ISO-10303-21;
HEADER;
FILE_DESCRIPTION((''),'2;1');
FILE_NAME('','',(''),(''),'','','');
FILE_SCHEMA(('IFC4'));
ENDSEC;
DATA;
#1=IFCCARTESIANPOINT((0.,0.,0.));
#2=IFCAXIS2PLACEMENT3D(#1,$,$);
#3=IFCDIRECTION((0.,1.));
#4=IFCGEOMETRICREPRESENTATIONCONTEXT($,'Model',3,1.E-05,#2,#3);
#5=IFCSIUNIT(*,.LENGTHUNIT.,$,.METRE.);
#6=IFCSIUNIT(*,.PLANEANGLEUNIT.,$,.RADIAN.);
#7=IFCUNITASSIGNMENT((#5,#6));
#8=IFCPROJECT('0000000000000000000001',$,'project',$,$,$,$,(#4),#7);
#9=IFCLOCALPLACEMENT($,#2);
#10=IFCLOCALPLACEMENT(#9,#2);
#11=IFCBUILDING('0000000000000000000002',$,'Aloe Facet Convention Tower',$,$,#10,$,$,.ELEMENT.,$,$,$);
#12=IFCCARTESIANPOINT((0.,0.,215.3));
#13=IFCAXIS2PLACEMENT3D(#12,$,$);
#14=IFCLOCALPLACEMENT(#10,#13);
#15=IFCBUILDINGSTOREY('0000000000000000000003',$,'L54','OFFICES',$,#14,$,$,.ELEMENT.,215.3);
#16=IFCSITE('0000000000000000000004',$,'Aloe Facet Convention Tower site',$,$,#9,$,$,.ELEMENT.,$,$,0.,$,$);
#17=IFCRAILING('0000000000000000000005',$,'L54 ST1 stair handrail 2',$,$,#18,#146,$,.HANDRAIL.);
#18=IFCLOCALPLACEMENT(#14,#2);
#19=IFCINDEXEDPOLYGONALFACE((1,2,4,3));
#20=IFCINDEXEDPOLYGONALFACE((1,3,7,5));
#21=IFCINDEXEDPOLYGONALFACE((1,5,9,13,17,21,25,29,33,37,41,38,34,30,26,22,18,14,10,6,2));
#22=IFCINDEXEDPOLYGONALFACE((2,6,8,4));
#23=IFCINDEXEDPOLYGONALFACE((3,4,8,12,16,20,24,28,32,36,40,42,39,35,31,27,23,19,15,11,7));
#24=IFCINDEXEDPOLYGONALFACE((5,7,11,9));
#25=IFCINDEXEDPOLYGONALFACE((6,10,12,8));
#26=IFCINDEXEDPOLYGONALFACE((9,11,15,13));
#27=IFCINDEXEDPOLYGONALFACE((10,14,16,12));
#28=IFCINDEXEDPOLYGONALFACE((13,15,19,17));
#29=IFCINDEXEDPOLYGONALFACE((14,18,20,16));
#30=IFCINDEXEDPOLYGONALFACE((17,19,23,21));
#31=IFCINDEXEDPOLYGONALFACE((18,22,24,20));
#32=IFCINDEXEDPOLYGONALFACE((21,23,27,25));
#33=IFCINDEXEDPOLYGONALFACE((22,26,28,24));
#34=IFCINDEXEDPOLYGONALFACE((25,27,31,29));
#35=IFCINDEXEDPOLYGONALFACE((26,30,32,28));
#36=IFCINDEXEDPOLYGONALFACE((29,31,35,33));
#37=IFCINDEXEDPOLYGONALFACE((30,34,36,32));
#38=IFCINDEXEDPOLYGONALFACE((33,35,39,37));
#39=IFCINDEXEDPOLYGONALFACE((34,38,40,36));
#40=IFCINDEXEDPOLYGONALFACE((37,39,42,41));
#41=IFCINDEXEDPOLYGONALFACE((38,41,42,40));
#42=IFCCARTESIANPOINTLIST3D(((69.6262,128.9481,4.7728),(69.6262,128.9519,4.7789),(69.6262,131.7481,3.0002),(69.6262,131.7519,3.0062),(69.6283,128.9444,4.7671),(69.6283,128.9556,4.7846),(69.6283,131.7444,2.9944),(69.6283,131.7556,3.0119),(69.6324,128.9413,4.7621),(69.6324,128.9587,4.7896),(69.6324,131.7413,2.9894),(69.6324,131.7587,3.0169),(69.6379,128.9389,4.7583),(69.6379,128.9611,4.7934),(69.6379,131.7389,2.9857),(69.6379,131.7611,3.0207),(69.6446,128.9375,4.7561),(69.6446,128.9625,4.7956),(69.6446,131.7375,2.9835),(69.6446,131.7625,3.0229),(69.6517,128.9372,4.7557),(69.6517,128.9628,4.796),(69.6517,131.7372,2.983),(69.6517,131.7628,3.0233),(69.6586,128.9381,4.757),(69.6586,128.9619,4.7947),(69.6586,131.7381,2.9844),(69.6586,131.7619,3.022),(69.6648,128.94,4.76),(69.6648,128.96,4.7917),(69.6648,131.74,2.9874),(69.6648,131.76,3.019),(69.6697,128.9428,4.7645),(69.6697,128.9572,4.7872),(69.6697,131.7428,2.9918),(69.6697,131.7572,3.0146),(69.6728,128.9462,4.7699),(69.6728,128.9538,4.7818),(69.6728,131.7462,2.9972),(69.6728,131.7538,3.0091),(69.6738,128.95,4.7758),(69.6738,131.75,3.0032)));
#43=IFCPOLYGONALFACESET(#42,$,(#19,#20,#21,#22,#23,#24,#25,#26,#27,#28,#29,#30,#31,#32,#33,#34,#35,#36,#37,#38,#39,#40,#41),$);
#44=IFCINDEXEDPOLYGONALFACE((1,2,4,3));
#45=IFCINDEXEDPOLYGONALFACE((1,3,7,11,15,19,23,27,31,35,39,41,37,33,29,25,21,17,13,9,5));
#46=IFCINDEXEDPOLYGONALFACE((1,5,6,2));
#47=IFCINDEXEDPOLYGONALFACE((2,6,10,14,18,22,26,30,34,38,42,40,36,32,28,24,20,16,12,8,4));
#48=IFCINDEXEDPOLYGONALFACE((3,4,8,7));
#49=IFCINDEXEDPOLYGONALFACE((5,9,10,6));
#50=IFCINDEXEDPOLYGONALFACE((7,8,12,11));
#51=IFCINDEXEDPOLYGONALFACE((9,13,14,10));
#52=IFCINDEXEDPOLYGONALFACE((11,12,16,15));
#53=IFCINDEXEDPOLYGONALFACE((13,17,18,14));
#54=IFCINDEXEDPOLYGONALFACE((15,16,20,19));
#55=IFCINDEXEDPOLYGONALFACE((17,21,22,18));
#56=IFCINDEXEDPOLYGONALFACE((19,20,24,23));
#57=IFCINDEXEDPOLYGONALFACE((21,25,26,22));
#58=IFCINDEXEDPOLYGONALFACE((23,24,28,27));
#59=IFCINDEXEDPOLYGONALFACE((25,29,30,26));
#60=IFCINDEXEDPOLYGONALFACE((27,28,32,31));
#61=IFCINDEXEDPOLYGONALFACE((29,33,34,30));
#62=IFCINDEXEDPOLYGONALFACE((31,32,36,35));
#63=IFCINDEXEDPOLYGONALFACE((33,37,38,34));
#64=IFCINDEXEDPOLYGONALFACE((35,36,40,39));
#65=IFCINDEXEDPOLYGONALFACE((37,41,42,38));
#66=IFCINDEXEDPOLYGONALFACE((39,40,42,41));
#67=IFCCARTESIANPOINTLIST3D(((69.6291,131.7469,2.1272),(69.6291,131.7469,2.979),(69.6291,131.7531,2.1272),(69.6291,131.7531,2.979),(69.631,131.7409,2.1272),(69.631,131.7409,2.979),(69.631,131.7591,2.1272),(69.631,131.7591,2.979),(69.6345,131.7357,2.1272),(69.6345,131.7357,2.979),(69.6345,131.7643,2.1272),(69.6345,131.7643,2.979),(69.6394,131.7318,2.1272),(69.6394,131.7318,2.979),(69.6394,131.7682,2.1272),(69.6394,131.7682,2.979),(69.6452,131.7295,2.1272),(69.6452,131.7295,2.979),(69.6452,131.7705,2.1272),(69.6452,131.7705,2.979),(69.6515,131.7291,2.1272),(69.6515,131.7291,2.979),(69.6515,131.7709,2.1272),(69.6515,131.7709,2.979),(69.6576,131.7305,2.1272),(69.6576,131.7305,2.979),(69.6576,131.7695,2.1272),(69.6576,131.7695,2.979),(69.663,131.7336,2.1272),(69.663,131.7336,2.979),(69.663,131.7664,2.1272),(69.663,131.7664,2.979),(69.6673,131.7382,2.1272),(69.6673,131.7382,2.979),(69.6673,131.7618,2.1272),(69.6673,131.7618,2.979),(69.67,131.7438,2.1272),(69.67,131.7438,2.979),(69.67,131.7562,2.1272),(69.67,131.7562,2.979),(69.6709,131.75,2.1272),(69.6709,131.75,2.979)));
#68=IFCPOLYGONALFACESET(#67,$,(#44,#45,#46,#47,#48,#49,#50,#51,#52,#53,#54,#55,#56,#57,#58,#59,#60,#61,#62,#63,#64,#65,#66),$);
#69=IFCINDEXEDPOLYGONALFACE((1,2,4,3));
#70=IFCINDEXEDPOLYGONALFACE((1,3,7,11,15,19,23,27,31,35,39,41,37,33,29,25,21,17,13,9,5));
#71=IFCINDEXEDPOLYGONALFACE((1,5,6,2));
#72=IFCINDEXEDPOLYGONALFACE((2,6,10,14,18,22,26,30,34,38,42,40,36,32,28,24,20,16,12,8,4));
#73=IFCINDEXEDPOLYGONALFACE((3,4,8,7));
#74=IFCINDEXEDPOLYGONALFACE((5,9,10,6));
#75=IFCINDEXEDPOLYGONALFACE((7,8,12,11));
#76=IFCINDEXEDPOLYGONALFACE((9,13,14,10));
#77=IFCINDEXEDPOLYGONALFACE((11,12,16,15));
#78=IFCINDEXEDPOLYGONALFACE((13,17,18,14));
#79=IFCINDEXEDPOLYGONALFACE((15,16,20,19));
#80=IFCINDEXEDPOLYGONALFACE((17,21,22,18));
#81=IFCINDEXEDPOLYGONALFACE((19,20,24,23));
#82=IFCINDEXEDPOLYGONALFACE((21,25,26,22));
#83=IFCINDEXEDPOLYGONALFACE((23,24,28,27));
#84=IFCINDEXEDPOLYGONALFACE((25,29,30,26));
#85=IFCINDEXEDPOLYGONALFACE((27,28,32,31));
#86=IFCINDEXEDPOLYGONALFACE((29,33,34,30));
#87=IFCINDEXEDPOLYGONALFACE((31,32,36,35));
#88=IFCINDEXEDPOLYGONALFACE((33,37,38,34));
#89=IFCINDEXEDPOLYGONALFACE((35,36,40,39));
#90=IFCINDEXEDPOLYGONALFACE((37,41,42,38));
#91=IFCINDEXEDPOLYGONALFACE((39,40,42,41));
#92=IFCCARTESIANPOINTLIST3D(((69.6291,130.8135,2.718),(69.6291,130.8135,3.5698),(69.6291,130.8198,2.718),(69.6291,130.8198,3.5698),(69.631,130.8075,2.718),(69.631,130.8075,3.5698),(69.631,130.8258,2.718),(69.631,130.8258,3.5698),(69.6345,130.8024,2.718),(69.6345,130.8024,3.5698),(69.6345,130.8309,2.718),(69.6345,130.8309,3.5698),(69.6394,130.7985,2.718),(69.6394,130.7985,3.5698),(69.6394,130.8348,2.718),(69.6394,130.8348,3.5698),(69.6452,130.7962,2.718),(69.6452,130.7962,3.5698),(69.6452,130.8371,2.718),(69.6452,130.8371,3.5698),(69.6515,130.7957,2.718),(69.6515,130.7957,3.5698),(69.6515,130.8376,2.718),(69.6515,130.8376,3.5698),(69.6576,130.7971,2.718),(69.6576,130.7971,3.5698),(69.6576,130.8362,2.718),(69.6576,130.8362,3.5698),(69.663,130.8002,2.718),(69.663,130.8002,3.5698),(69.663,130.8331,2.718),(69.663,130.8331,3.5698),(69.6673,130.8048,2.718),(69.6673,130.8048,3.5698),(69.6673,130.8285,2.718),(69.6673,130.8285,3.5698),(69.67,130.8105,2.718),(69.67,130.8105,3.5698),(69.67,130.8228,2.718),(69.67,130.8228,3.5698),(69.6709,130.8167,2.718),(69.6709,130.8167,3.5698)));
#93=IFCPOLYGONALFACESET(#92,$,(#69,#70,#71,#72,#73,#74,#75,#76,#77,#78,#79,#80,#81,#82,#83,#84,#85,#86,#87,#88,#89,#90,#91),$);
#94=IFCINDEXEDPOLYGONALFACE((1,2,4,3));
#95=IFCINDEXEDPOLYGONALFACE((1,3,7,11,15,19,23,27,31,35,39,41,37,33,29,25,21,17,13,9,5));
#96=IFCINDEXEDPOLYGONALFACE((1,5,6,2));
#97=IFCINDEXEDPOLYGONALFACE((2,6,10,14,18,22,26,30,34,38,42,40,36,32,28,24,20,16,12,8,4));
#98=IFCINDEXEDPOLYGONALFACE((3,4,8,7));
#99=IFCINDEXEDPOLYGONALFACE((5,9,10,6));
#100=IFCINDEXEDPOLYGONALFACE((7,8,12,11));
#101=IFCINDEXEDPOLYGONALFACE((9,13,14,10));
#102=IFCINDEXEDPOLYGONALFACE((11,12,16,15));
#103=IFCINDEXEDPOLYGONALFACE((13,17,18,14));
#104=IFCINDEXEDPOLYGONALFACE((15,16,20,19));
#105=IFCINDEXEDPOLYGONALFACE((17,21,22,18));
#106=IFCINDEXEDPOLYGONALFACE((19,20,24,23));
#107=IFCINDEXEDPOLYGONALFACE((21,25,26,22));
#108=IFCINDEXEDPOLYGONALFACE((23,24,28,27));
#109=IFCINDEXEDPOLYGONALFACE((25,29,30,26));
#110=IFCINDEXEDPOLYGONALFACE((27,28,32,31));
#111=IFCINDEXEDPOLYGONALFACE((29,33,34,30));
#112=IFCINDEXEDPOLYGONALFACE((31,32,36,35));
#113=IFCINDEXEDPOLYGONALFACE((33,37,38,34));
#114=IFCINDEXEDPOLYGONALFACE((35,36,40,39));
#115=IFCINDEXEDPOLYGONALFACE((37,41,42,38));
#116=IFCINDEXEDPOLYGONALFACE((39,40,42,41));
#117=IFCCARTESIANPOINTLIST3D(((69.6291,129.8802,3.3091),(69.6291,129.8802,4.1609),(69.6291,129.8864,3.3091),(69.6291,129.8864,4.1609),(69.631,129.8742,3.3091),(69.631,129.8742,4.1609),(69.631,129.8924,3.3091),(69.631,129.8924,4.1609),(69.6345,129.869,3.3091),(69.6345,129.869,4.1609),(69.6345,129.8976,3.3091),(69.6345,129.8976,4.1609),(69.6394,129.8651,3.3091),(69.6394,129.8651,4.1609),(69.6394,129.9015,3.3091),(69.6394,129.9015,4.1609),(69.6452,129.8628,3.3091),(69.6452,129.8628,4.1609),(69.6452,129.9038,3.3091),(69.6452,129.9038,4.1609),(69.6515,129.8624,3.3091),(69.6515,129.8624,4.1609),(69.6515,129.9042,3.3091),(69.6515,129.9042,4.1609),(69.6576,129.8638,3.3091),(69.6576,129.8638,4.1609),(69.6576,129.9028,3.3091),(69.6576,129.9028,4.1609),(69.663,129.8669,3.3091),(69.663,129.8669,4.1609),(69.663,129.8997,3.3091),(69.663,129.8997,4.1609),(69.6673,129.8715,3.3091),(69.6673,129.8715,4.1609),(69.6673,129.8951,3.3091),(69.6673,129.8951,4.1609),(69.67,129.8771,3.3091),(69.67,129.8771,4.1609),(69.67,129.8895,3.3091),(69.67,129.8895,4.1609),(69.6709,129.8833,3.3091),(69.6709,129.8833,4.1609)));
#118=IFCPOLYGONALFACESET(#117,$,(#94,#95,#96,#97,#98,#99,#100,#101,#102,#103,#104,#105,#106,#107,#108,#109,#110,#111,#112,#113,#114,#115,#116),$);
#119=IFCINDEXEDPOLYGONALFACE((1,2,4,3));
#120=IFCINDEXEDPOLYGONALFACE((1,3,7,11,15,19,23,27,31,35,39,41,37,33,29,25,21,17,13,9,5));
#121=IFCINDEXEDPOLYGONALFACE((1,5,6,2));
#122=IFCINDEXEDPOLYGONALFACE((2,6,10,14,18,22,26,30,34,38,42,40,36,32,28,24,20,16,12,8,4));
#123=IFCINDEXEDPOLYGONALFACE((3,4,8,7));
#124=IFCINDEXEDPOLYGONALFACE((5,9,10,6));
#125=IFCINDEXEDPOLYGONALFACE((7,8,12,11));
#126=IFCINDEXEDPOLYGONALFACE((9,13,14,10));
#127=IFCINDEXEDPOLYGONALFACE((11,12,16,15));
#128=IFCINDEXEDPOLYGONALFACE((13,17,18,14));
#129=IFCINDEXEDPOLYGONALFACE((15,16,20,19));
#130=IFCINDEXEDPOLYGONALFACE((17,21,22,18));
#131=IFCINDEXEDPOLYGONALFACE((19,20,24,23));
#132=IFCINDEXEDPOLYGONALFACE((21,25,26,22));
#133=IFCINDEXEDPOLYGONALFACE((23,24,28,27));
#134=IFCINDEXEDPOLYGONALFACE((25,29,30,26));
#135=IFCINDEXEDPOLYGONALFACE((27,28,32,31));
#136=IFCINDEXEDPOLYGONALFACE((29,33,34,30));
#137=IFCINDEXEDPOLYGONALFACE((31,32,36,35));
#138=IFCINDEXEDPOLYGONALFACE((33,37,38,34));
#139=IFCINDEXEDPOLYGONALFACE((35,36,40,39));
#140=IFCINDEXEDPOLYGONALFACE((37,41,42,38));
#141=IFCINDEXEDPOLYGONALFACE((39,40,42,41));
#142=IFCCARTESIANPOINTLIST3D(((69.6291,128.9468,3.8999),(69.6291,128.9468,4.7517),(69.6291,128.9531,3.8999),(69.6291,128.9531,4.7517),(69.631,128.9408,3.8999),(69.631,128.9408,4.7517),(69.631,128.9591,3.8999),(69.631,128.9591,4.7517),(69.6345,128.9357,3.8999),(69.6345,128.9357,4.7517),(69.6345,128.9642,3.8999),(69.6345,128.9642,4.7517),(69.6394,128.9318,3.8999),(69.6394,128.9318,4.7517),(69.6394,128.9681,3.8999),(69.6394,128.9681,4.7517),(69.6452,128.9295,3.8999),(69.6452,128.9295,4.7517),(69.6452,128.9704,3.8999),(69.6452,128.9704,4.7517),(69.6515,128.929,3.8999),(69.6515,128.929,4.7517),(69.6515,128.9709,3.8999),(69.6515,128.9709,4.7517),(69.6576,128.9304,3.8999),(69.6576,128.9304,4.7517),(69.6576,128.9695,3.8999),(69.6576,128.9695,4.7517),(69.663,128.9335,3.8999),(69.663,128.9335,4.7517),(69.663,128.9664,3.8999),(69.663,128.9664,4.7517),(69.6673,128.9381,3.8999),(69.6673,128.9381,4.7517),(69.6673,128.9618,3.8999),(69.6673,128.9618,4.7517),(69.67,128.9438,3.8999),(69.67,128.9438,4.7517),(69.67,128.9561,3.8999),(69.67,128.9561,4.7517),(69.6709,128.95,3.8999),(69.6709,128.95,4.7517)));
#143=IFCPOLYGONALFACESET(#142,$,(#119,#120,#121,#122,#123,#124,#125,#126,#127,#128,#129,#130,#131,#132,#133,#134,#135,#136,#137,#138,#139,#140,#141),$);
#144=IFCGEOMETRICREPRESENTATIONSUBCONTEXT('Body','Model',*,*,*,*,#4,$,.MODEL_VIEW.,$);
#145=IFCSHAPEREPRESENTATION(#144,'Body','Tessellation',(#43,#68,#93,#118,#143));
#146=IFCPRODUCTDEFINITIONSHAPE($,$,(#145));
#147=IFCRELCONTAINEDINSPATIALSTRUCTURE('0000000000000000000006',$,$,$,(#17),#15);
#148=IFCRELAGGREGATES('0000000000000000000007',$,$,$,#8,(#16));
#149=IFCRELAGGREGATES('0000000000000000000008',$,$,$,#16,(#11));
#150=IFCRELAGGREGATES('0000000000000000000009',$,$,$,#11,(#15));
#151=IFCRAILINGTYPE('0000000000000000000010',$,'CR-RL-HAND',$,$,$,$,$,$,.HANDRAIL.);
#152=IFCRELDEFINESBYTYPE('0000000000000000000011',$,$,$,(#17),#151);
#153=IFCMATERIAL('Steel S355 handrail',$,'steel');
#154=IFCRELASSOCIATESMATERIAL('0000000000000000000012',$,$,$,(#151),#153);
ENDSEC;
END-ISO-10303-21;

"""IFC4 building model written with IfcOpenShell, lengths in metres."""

from ifc_helpers import new_model, si_unit, direction, frame, origin, origin_2d, place, context, subcontext, project, spatial, circle, extrude, material, type_object, element, save


model = new_model("IFC4")

# Units and contexts
model_context = context("Model", 3, precision=1e-05, world=origin(), true_north=direction((0.0, 1.0)))
body_context = subcontext(model_context, "Body", "Model", "MODEL_VIEW")
ifc_project = project(units=[si_unit("LENGTHUNIT", "METRE"), si_unit("PLANEANGLEUNIT", "RADIAN")], contexts=[model_context])

# Site, building, storey
site_placement = place(None, origin())
site = spatial("IfcSite", under=ifc_project, at=site_placement, Name="Aloe Facet Convention Tower site", CompositionType="ELEMENT", RefElevation=0.0)
building_placement = place(site_placement, origin())
building = spatial("IfcBuilding", under=site, at=building_placement, Name="Aloe Facet Convention Tower", CompositionType="ELEMENT")
storey_placement = place(building_placement, frame((0.0, 0.0, 215.3)))
storey = spatial("IfcBuildingStorey", under=building, at=storey_placement, Name="L54", Description="OFFICES", CompositionType="ELEMENT", Elevation=215.3)

# Railing
ifc_material_1 = material(Name="Steel S355 handrail", Category="steel")
railing_type_1 = type_object("IfcRailingType", Name="CR-RL-HAND", PredefinedType="HANDRAIL", material=ifc_material_1)
railing_1_placement = place(storey_placement, frame((69.6499, 131.75, 2.1272)))
element("IfcRailing", 1, at=railing_1_placement, inside=storey, type_object=railing_type_1, Name="L54 ST1 stair handrail 2", PredefinedType="HANDRAIL", context=body_context, shape_type="SweptSolid", body=[
    extrude(circle(Radius=0.0239, at=origin_2d()), frame((0.0, 0.0, 0.876), z_axis=(0.0, -0.844909, 0.53491), x_axis=(1.0, 0.0, 0.0)), (0.0, 0.0, 1.0), 3.314),
    extrude(circle(Radius=0.021, at=origin_2d()), origin(), (0.0, 0.0, 1.0), 0.8518),
    extrude(circle(Radius=0.021, at=origin_2d()), frame((0.0, -0.9333, 0.5908)), (0.0, 0.0, 1.0), 0.8518),
    extrude(circle(Radius=0.021, at=origin_2d()), frame((0.0, -1.8667, 1.1819)), (0.0, 0.0, 1.0), 0.8518),
    extrude(circle(Radius=0.021, at=origin_2d()), frame((0.0, -2.8, 1.7727)), (0.0, 0.0, 1.0), 0.8518),
])

save(model, "model.ifc")
